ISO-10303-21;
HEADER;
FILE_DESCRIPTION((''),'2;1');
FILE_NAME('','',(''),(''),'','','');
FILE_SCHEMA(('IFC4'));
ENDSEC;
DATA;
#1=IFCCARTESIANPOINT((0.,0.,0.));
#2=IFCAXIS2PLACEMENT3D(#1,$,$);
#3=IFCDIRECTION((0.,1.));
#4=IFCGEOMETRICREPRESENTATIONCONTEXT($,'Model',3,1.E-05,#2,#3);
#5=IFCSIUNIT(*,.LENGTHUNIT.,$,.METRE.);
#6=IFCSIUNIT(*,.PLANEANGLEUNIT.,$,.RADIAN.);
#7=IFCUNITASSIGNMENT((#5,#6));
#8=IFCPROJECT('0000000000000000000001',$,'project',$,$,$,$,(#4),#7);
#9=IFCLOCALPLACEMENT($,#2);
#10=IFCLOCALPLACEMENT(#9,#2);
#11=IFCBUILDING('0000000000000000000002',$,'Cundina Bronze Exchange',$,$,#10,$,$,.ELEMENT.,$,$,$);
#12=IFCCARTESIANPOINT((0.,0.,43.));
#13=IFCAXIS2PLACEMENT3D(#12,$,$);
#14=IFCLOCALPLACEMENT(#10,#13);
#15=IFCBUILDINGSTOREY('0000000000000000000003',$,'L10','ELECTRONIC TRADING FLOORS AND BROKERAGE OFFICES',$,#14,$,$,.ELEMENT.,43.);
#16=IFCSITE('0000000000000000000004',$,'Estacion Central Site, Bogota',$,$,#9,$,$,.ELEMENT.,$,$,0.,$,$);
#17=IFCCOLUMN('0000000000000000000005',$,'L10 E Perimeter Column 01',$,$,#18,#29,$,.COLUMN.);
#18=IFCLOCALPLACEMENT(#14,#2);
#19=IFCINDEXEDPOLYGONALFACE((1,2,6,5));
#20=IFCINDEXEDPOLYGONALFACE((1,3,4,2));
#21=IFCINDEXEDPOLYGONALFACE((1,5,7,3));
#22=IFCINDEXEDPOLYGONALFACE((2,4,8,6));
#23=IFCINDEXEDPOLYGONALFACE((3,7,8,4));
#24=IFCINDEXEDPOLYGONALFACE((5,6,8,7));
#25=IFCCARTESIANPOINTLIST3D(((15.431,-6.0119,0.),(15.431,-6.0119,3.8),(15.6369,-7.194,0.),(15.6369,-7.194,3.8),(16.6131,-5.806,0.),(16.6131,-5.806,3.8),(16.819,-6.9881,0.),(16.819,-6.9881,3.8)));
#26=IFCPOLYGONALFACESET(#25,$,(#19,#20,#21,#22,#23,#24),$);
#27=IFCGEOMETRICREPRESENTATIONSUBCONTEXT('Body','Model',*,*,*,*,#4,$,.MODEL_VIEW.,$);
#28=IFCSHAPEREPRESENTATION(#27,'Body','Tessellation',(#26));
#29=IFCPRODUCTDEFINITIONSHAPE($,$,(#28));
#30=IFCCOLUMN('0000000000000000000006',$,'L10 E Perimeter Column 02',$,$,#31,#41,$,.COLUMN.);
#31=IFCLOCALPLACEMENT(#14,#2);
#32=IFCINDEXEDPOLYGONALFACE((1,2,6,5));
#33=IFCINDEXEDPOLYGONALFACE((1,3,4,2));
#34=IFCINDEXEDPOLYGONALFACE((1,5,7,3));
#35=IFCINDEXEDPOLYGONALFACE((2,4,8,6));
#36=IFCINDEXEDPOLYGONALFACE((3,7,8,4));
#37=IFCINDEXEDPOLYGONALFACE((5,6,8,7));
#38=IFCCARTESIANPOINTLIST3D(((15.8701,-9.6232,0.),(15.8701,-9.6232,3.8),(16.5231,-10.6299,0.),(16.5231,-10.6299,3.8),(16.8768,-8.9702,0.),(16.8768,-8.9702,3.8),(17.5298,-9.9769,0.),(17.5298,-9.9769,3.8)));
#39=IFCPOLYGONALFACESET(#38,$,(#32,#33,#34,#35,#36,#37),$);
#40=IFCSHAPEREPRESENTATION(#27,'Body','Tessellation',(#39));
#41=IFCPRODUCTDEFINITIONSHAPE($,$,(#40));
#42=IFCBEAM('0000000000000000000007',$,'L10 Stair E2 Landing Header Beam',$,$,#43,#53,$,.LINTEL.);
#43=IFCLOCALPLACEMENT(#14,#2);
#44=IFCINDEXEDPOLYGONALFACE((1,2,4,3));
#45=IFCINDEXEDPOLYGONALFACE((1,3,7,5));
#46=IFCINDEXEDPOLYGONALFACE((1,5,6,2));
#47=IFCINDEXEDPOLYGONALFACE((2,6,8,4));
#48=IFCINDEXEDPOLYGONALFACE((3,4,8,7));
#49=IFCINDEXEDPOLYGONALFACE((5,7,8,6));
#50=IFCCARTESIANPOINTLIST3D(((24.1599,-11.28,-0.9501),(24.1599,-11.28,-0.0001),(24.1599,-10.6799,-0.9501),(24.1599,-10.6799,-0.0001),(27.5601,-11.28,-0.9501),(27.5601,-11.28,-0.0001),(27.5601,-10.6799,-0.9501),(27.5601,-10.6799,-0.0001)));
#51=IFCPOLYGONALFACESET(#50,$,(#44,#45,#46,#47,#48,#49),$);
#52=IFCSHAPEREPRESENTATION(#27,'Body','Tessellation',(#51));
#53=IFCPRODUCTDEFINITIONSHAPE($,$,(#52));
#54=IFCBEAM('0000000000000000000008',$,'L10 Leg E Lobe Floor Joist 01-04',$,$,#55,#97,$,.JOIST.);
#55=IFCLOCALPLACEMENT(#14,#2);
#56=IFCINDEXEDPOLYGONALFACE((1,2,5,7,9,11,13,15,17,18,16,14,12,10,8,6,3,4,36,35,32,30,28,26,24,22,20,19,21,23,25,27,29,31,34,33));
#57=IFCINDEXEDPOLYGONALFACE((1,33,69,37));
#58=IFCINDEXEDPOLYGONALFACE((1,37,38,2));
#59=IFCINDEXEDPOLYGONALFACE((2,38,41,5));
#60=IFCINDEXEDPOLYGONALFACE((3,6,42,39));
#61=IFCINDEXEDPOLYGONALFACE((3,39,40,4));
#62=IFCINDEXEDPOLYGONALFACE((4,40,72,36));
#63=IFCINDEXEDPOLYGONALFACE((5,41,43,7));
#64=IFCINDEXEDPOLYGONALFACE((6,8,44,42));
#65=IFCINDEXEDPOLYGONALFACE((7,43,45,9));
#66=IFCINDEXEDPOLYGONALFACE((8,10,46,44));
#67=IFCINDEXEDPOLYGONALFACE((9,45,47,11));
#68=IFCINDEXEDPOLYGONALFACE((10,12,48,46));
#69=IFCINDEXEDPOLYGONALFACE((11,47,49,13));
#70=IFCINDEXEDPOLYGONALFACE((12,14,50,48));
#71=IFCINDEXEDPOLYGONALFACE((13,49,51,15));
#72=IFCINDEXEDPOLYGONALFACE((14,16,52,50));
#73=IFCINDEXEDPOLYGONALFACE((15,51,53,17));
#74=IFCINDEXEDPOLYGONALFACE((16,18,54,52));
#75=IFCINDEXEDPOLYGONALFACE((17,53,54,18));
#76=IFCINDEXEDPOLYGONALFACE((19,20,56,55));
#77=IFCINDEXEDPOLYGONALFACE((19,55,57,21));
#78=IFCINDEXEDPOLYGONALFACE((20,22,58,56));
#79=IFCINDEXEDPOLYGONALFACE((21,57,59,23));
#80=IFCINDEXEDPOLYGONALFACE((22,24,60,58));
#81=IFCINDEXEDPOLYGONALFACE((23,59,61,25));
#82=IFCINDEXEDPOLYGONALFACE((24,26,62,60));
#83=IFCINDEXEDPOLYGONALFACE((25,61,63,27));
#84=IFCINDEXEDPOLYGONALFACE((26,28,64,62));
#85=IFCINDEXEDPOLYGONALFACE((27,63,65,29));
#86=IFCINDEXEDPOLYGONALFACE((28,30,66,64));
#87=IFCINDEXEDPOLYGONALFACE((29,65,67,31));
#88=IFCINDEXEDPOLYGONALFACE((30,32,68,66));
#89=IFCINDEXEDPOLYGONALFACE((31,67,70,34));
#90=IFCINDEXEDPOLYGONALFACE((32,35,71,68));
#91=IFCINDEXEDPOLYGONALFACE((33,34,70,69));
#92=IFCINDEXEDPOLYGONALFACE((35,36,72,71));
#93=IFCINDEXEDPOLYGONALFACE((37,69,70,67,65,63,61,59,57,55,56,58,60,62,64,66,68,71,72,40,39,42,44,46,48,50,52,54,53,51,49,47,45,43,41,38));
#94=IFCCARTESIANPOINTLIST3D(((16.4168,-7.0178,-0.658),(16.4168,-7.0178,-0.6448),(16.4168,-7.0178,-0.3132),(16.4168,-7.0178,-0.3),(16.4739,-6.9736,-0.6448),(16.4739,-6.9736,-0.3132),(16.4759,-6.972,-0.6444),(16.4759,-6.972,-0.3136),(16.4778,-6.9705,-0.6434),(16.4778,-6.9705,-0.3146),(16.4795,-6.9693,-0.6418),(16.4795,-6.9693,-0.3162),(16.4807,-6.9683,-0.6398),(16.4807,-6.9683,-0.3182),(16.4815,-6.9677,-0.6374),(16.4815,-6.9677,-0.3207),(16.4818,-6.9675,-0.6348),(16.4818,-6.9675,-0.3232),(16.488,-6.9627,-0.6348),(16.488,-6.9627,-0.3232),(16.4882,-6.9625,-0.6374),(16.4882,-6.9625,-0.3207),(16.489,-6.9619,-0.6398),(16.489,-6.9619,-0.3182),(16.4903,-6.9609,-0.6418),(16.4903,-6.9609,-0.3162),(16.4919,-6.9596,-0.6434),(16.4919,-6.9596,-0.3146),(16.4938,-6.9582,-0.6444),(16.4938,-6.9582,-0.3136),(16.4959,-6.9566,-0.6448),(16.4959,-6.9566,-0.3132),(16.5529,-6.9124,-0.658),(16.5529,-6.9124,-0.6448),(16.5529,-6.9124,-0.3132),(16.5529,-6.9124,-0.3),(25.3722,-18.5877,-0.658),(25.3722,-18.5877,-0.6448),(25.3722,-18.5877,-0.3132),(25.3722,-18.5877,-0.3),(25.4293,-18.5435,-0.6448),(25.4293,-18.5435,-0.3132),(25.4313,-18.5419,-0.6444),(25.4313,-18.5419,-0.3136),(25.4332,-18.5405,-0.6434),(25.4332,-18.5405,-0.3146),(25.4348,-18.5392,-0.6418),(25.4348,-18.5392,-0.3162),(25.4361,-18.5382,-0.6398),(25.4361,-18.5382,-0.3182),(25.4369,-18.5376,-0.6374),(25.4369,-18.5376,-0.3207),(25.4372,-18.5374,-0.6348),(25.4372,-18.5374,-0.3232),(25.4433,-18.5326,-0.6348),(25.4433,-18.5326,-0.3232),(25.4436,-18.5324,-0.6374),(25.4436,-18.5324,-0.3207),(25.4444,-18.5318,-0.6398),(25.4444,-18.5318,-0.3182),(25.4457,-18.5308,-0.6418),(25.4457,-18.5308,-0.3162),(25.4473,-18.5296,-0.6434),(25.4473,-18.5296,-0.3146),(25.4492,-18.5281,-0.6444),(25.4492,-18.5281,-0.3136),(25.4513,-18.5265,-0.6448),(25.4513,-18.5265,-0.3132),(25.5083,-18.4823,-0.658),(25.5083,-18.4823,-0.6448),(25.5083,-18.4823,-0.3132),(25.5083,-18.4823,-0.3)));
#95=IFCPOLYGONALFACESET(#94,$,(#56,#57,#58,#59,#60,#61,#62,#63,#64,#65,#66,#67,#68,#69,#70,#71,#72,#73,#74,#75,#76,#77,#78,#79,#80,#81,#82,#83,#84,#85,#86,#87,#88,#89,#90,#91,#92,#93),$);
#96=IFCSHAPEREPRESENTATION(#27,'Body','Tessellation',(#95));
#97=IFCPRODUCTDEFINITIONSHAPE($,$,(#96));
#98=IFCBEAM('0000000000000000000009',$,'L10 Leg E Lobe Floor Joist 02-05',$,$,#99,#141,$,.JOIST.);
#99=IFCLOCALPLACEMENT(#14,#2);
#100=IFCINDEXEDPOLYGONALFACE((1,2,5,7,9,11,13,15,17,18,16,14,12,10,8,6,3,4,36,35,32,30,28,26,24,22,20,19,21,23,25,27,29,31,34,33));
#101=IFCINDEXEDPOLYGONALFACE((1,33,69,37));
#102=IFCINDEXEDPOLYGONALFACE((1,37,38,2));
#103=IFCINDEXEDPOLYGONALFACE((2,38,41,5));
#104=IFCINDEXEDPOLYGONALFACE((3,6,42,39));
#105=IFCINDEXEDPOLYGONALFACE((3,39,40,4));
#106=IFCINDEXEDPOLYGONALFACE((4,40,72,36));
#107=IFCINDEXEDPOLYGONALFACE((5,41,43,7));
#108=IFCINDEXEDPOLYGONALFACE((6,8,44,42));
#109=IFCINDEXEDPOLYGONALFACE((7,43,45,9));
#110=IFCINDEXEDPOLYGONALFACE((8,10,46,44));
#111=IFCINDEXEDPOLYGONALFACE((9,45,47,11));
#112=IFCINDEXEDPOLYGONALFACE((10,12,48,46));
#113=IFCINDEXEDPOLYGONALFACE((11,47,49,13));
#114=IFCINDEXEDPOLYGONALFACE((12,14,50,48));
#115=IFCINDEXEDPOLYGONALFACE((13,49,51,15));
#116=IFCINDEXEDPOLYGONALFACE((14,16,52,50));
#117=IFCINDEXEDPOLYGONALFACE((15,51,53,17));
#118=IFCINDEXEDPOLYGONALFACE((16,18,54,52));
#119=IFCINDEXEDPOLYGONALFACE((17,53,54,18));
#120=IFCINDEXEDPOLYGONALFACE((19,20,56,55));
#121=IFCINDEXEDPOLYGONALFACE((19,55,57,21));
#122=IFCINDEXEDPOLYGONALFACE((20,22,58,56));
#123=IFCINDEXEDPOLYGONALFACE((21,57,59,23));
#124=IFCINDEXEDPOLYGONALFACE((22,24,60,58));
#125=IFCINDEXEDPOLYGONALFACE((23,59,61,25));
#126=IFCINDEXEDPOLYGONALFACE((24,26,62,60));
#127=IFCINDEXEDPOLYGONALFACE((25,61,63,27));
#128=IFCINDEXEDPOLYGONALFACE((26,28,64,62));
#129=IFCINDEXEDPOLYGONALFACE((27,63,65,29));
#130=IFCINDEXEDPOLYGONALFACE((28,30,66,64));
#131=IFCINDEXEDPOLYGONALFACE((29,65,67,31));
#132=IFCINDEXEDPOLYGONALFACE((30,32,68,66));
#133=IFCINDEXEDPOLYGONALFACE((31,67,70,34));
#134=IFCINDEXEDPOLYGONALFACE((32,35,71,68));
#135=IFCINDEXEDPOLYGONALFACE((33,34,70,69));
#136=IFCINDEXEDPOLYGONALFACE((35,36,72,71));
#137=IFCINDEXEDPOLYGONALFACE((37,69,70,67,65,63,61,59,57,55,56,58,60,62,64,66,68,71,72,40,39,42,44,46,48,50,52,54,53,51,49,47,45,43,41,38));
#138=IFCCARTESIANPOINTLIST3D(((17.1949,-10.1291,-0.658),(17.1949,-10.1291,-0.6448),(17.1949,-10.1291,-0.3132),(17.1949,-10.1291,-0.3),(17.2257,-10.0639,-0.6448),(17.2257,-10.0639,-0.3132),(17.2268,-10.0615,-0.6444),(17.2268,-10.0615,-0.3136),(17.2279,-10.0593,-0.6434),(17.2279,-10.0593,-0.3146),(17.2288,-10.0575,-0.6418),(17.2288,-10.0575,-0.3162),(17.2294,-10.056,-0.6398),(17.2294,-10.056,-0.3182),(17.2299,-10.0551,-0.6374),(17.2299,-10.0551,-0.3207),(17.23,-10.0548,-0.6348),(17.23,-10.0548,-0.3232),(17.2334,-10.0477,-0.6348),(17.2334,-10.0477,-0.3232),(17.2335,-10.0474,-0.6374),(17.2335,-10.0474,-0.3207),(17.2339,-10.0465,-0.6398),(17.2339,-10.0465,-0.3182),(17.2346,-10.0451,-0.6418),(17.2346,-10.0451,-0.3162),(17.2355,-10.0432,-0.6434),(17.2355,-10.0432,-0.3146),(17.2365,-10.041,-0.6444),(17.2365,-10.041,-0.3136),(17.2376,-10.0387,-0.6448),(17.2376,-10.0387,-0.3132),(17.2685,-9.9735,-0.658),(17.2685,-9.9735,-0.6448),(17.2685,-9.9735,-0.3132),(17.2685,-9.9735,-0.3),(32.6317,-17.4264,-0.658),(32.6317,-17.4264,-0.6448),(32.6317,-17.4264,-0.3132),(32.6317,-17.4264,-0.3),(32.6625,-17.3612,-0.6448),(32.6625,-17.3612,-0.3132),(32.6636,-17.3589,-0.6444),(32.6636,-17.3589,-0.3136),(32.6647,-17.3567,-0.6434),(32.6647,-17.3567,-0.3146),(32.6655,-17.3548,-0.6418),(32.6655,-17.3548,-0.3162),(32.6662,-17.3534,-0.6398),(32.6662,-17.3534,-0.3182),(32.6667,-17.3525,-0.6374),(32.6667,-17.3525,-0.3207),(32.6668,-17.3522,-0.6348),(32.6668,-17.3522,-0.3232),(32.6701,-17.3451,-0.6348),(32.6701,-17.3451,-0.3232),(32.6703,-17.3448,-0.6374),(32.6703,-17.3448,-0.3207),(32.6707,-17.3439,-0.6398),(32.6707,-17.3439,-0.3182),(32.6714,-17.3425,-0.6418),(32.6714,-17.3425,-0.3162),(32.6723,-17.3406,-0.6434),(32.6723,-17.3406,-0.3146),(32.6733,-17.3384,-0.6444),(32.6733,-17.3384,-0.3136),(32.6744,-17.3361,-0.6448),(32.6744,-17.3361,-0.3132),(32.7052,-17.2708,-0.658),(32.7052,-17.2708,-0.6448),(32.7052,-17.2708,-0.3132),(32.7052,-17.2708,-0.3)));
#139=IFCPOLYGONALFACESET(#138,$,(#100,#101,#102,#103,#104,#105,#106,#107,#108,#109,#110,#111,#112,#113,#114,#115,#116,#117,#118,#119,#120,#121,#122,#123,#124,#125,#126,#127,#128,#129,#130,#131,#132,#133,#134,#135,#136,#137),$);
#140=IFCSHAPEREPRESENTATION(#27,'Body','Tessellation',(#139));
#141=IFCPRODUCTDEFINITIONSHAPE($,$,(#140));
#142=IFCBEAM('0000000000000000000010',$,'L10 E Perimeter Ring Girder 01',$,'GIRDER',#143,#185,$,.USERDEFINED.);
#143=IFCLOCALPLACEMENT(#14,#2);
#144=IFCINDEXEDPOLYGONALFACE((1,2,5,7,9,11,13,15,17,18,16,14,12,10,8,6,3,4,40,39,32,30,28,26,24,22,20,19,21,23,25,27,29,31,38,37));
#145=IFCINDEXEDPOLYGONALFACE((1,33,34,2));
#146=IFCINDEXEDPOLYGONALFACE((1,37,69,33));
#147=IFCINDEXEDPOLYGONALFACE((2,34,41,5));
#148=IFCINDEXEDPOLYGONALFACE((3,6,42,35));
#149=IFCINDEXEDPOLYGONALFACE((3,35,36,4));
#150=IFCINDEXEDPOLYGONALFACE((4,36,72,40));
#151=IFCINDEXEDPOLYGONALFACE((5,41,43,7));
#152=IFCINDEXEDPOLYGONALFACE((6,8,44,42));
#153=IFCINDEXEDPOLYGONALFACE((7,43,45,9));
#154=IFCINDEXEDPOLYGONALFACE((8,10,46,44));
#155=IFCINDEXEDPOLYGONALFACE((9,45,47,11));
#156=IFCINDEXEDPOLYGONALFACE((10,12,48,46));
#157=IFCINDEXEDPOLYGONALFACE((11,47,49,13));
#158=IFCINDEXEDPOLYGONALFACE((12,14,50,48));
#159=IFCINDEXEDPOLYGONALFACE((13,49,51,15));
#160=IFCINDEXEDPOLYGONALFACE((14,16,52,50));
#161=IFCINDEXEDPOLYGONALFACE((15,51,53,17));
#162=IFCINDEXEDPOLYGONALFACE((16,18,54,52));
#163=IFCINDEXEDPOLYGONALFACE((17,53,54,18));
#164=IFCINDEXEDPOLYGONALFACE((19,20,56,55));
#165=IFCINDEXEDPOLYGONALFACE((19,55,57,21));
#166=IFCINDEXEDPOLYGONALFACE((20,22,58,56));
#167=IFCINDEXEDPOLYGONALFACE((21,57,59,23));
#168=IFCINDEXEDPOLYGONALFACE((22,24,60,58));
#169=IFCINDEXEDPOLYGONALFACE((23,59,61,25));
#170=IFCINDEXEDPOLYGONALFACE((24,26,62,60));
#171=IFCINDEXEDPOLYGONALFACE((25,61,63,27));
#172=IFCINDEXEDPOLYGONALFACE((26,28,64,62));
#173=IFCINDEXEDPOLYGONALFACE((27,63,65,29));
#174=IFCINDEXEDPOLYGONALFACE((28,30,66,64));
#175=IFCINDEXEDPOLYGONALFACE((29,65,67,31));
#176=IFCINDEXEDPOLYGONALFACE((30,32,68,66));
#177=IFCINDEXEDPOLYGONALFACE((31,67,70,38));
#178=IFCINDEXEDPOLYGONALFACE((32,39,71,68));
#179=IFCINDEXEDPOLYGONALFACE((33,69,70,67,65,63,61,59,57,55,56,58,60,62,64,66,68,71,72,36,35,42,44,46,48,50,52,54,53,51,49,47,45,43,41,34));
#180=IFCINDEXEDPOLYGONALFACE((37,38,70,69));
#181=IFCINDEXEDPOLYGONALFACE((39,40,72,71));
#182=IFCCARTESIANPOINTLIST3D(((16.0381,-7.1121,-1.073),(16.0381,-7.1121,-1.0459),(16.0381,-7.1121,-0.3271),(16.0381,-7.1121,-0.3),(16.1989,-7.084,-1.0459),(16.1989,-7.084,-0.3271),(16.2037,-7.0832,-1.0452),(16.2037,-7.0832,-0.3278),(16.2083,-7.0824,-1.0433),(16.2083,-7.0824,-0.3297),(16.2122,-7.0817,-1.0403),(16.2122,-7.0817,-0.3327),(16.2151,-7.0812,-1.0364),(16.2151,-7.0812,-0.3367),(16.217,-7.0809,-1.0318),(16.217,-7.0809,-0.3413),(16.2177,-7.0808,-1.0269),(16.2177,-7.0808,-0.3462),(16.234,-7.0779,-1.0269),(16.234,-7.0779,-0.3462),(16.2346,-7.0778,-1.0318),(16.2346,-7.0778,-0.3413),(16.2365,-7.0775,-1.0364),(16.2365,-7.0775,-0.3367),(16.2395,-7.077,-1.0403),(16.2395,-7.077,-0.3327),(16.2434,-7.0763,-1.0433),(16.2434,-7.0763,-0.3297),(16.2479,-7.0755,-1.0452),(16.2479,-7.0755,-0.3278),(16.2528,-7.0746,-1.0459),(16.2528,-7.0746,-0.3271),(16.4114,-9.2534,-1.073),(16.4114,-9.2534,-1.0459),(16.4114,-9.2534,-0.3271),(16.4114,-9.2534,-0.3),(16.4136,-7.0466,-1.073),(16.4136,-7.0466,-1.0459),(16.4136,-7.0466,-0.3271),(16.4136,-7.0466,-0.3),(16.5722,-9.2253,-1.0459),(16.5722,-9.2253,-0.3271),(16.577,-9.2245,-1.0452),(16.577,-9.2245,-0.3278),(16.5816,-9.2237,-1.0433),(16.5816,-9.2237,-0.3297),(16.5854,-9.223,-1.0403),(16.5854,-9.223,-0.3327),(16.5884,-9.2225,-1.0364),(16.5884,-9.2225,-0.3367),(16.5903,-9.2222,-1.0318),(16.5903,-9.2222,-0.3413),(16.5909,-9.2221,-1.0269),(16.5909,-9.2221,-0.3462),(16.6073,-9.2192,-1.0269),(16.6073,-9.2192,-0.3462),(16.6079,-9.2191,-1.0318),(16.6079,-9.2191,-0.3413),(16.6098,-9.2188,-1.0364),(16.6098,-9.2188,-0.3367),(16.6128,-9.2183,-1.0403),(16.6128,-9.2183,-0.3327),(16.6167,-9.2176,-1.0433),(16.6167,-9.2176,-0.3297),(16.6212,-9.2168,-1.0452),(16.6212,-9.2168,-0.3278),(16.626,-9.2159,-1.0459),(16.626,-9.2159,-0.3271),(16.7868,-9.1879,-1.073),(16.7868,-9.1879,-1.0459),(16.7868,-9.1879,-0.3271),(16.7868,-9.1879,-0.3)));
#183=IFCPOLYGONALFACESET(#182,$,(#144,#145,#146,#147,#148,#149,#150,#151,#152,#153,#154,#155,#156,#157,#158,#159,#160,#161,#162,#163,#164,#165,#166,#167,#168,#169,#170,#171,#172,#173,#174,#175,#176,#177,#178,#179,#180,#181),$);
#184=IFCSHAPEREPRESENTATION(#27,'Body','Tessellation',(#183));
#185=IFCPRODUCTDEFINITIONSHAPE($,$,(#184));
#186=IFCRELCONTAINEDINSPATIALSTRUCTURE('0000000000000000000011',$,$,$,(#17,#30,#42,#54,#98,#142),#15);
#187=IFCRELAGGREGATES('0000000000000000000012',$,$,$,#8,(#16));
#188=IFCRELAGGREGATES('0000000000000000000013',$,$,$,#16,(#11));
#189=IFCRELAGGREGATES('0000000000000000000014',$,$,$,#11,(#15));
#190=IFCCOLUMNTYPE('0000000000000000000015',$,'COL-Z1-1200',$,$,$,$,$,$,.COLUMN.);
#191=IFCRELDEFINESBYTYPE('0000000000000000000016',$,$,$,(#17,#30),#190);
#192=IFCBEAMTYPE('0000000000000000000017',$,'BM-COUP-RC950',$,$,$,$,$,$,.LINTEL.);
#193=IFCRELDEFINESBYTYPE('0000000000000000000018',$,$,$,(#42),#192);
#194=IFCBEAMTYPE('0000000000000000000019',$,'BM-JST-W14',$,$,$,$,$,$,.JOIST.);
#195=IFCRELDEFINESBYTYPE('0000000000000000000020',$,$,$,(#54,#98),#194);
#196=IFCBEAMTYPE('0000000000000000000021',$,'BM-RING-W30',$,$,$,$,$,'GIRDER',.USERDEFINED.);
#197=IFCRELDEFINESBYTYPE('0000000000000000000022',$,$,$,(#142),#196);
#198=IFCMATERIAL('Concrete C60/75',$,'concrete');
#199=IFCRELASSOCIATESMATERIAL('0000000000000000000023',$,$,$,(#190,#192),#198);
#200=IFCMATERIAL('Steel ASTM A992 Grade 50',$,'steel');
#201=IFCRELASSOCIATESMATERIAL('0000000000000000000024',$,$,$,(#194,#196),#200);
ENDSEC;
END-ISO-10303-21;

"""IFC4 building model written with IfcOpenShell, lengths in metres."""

from ifc_helpers import new_model, si_unit, direction, frame, origin, origin_2d, place, context, subcontext, project, spatial, rectangle, i_section, extrude, material, material_profile, profile_set, type_object, element, save


model = new_model("IFC4")

# Units and contexts
model_context = context("Model", 3, precision=1e-05, world=origin(), true_north=direction((0.0, 1.0)))
body_context = subcontext(model_context, "Body", "Model", "MODEL_VIEW")
ifc_project = project(units=[si_unit("LENGTHUNIT", "METRE"), si_unit("PLANEANGLEUNIT", "RADIAN")], contexts=[model_context])

# Site, building, storey
site_placement = place(None, origin())
site = spatial("IfcSite", under=ifc_project, at=site_placement, Name="Estacion Central Site, Bogota", CompositionType="ELEMENT", RefElevation=0.0)
building_placement = place(site_placement, origin())
building = spatial("IfcBuilding", under=site, at=building_placement, Name="Cundina Bronze Exchange", CompositionType="ELEMENT")
storey_placement = place(building_placement, frame((0.0, 0.0, 43.0)))
storey = spatial("IfcBuildingStorey", under=building, at=storey_placement, Name="L10", Description="ELECTRONIC TRADING FLOORS AND BROKERAGE OFFICES", CompositionType="ELEMENT", Elevation=43.0)

# Columns
ifc_material_1 = material(Name="Concrete C60/75", Category="concrete")
ifc_material_profile_1 = material_profile(ifc_material_1, rectangle(XDim=1.2, YDim=1.2, at=origin_2d()), Name="RC1200X1200", Category="concrete")
ifc_profile_set_1 = profile_set([ifc_material_profile_1], Name="Concrete C60/75")
column_type = type_object("IfcColumnType", Name="COL-Z1-1200", PredefinedType="COLUMN", material=ifc_profile_set_1)
for number, where, z_axis, x_axis, name in (
    (1, (16.125, -6.5, 0.0), (0.0, 0.0, 1.0), (0.171585, -0.985169, 0.0), "L10 E Perimeter Column 01"),
    (2, (16.7, -9.8, 0.0), (0.0, 0.0, 1.0), (0.5442, -0.838956, 0.0), "L10 E Perimeter Column 02"),
):
    element("IfcColumn", number, at=place(storey_placement, frame(where, z_axis=z_axis, x_axis=x_axis)), inside=storey, type_object=column_type, Name=name, PredefinedType="COLUMN", context=body_context, shape_type="SweptSolid", body=[
        extrude(rectangle(XDim=1.2, YDim=1.2, at=origin_2d()), origin(), (0.0, 0.0, 1.0), 3.8),
    ])

# Beams
ifc_material_profile_2 = material_profile(ifc_material_1, rectangle(XDim=0.6001, YDim=0.95, at=origin_2d()), Name="RC600X950", Category="concrete")
ifc_profile_set_2 = profile_set([ifc_material_profile_2], Name="Concrete C60/75")
beam_type_1 = type_object("IfcBeamType", Name="BM-COUP-RC950", PredefinedType="LINTEL", material=ifc_profile_set_2)
beam_1_placement = place(storey_placement, frame((24.1599, -10.98, -0.4751), z_axis=(1.0, 0.0, 0.0), x_axis=(0.0, 1.0, 0.0)))
element("IfcBeam", 3, at=beam_1_placement, inside=storey, type_object=beam_type_1, Name="L10 Stair E2 Landing Header Beam", PredefinedType="LINTEL", context=body_context, shape_type="SweptSolid", body=[
    extrude(rectangle(XDim=0.6001, YDim=0.95, at=origin_2d()), origin(), (0.0, 0.0, 1.0), 3.4001),
])
ifc_material_2 = material(Name="Steel ASTM A992 Grade 50", Category="steel")
ifc_material_profile_3 = material_profile(ifc_material_2, i_section(OverallWidth=0.1721, OverallDepth=0.3579, WebThickness=0.0078, FlangeThickness=0.0132, FilletRadius=0.01, at=origin_2d()), Name="W14X38", Category="steel")
ifc_profile_set_3 = profile_set([ifc_material_profile_3], Name="Steel ASTM A992 Grade 50")
beam_type_2 = type_object("IfcBeamType", Name="BM-JST-W14", PredefinedType="JOIST", material=ifc_profile_set_3)
beam_2_placement = place(storey_placement, frame((16.4849, -6.9651, -0.479), z_axis=(0.612089, -0.790789, 0.0), x_axis=(0.790789, 0.612089, 0.0)))
element("IfcBeam", 4, at=beam_2_placement, inside=storey, type_object=beam_type_2, Name="L10 Leg E Lobe Floor Joist 01-04", PredefinedType="JOIST", context=body_context, shape_type="SweptSolid", body=[
    extrude(i_section(OverallWidth=0.1721, OverallDepth=0.3579, WebThickness=0.0078, FlangeThickness=0.0132, FilletRadius=0.01, at=origin_2d()), origin(), (0.0, 0.0, 1.0), 14.6309),
])
beam_3_placement = place(storey_placement, frame((17.2317, -10.0513, -0.479), z_axis=(0.904073, -0.427379, 0.0), x_axis=(0.427379, 0.904073, 0.0)))
element("IfcBeam", 5, at=beam_3_placement, inside=storey, type_object=beam_type_2, Name="L10 Leg E Lobe Floor Joist 02-05", PredefinedType="JOIST", context=body_context, shape_type="SweptSolid", body=[
    extrude(i_section(OverallWidth=0.1721, OverallDepth=0.3579, WebThickness=0.0078, FlangeThickness=0.0132, FilletRadius=0.01, at=origin_2d()), origin(), (0.0, 0.0, 1.0), 17.0747),
])
ifc_material_profile_4 = material_profile(ifc_material_2, i_section(OverallWidth=0.3811, OverallDepth=0.7729, WebThickness=0.0166, FlangeThickness=0.0271, FilletRadius=0.019, at=origin_2d()), Name="W30X173", Category="steel")
ifc_profile_set_4 = profile_set([ifc_material_profile_4], Name="Steel ASTM A992 Grade 50")
beam_type_3 = type_object("IfcBeamType", Name="BM-RING-W30", ElementType="GIRDER", PredefinedType="USERDEFINED", material=ifc_profile_set_4)
beam_4_placement = place(storey_placement, frame((16.2258, -7.0793, -0.6865), z_axis=(0.171735, -0.985143, 0.0), x_axis=(0.985143, 0.171735, 0.0)))
element("IfcBeam", 6, at=beam_4_placement, inside=storey, type_object=beam_type_3, Name="L10 E Perimeter Ring Girder 01", ObjectType="GIRDER", PredefinedType="USERDEFINED", context=body_context, shape_type="SweptSolid", body=[
    extrude(i_section(OverallWidth=0.3811, OverallDepth=0.7729, WebThickness=0.0166, FlangeThickness=0.0271, FilletRadius=0.019, at=origin_2d()), origin(), (0.0, 0.0, 1.0), 2.1736),
])

save(model, "model.ifc")
